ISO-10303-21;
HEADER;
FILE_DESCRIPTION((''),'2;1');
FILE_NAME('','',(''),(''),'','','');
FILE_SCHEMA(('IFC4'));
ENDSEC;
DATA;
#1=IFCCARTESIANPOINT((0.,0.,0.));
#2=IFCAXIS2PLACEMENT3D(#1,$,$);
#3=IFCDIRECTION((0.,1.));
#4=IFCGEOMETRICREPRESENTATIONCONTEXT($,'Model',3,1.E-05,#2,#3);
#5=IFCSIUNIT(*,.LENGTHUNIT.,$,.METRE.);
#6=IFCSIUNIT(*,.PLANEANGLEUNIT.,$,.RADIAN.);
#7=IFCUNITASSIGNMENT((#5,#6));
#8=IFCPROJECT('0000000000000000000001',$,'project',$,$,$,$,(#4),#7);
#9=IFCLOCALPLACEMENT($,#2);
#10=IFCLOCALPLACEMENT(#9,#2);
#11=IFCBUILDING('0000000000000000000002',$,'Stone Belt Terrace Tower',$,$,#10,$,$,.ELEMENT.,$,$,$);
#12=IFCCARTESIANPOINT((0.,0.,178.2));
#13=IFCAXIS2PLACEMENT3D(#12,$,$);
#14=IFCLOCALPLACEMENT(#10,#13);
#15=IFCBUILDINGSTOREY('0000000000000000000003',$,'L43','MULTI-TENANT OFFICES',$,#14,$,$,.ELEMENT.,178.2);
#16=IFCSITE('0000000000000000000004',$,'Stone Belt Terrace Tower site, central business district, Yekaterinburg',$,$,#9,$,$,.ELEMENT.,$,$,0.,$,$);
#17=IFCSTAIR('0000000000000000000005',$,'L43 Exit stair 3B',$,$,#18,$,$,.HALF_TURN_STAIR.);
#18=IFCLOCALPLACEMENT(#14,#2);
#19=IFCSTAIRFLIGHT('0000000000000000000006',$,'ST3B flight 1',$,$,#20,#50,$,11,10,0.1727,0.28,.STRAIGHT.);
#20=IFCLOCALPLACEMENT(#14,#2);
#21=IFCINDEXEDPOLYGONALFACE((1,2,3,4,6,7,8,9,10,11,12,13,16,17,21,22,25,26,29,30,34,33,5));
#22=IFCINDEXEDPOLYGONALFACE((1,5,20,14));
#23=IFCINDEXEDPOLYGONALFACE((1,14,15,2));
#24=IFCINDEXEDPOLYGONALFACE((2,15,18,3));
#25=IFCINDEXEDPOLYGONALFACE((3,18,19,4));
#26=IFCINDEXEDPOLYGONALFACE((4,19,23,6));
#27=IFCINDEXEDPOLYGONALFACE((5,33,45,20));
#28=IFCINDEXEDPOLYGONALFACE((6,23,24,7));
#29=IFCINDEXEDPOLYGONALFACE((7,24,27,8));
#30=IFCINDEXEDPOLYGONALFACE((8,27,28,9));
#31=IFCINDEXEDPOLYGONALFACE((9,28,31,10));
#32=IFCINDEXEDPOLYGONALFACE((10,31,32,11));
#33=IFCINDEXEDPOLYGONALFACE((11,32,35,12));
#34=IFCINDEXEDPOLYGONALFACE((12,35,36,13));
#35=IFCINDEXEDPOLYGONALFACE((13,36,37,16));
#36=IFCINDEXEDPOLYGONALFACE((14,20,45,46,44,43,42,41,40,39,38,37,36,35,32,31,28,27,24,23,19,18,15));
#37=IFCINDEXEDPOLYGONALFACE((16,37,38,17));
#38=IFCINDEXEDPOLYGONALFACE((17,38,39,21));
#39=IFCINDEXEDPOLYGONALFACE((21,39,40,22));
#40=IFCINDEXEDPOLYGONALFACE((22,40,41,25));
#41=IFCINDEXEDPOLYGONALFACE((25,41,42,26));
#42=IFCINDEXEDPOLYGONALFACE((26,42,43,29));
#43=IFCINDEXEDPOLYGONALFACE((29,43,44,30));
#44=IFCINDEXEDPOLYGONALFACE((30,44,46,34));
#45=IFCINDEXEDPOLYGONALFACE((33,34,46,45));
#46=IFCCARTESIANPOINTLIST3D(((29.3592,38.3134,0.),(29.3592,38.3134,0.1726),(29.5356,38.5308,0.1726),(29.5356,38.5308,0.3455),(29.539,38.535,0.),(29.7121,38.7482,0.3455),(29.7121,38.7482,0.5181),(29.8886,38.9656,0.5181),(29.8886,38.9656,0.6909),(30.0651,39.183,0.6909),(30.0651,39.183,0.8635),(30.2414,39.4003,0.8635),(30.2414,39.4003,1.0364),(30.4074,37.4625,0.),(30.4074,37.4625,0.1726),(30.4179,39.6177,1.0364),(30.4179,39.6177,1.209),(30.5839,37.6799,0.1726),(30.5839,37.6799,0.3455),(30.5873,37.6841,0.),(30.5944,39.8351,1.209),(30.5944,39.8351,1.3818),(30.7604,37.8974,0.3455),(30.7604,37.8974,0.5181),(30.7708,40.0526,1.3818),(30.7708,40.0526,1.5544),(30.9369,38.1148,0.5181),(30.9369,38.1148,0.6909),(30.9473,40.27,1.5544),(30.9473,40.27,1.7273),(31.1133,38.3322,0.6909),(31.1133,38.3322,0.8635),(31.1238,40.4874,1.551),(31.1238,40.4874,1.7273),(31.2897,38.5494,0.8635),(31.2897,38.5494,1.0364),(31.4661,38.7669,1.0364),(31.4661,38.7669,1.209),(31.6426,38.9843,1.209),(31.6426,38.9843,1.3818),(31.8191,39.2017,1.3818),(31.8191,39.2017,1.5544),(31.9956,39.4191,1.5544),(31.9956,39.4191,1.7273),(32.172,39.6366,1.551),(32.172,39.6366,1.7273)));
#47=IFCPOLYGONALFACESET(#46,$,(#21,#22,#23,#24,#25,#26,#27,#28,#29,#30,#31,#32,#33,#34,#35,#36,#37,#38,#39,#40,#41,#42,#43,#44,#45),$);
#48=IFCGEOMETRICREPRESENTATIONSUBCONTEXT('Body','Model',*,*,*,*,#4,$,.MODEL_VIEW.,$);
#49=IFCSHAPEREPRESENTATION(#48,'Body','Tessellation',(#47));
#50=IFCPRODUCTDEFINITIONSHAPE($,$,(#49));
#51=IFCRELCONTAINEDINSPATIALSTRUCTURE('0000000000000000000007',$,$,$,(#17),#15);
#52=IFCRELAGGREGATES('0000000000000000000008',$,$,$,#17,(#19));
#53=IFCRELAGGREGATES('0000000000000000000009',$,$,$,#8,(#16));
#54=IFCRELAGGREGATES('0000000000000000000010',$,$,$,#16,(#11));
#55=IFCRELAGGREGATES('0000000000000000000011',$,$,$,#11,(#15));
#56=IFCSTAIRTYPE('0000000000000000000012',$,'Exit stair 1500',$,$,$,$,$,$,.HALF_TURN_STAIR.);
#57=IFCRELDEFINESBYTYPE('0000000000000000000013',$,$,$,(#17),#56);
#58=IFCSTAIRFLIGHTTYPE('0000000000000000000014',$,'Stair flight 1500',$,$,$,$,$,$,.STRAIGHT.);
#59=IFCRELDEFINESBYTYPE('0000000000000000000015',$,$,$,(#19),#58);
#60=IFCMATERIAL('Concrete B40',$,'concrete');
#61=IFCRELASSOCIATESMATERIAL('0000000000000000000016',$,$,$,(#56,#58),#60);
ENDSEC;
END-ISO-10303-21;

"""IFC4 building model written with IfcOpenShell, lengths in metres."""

from ifc_helpers import new_model, si_unit, direction, frame, origin, place, context, subcontext, project, spatial, polyline, outline, extrude, material, type_object, element, aggregate, save


model = new_model("IFC4")

# Units and contexts
model_context = context("Model", 3, precision=1e-05, world=origin(), true_north=direction((0.0, 1.0)))
body_context = subcontext(model_context, "Body", "Model", "MODEL_VIEW")
ifc_project = project(units=[si_unit("LENGTHUNIT", "METRE"), si_unit("PLANEANGLEUNIT", "RADIAN")], contexts=[model_context])

# Site, building, storey
site_placement = place(None, origin())
site = spatial("IfcSite", under=ifc_project, at=site_placement, Name="Stone Belt Terrace Tower site, central business district, Yekaterinburg", CompositionType="ELEMENT", RefElevation=0.0)
building_placement = place(site_placement, origin())
building = spatial("IfcBuilding", under=site, at=building_placement, Name="Stone Belt Terrace Tower", CompositionType="ELEMENT")
storey_placement = place(building_placement, frame((0.0, 0.0, 178.2)))
storey = spatial("IfcBuildingStorey", under=building, at=storey_placement, Name="L43", Description="MULTI-TENANT OFFICES", CompositionType="ELEMENT", Elevation=178.2)

# Shared definitions
ifc_material_1 = material(Name="Concrete B40", Category="concrete")

# Stair
stair_type = type_object("IfcStairType", Name="Exit stair 1500", PredefinedType="HALF_TURN_STAIR", material=ifc_material_1)
stair_1_placement = place(storey_placement, origin())
stair_1 = element("IfcStair", 1, at=stair_1_placement, inside=storey, type_object=stair_type, Name="L43 Exit stair 3B", PredefinedType="HALF_TURN_STAIR")

# Stair flight
stair_flight_type = type_object("IfcStairFlightType", Name="Stair flight 1500", PredefinedType="STRAIGHT", material=ifc_material_1)
stair_flight_placement = place(storey_placement, frame((29.8833, 37.8879, 0.0), z_axis=(0.0, 0.0, 1.0), x_axis=(0.630206, 0.776428, 0.0)))
stair_flight = element("IfcStairFlight", 2, at=stair_flight_placement, type_object=stair_flight_type, Name="ST3B flight 1", NumberOfRisers=11, NumberOfTreads=10, PredefinedType="STRAIGHT", RiserHeight=0.1727, TreadLength=0.28, context=body_context, shape_type="SweptSolid", body=[
    extrude(outline(polyline([(0.0, 0.0), (0.0, 0.1726), (0.28, 0.1726), (0.28, 0.3455), (0.5601, 0.3455), (0.5601, 0.5181), (0.8401, 0.5181), (0.8401, 0.6909), (1.1201, 0.6909), (1.1201, 0.8635), (1.3999, 0.8635), (1.3999, 1.0364), (1.6799, 1.0364), (1.6799, 1.209), (1.96, 1.209), (1.96, 1.3818), (2.24, 1.3818), (2.24, 1.5544), (2.52, 1.5544), (2.52, 1.7273), (2.8, 1.7273), (2.8, 1.8999), (2.8, 1.551), (0.2854, 0.0), (0.0, 0.0)])), frame((0.0, 0.675, 0.0), z_axis=(0.0, -1.0, 0.0), x_axis=(1.0, 0.0, 0.0)), (0.0, 0.0, 1.0), 1.3501),
])
aggregate(stair_1, [stair_flight])

save(model, "model.ifc")
